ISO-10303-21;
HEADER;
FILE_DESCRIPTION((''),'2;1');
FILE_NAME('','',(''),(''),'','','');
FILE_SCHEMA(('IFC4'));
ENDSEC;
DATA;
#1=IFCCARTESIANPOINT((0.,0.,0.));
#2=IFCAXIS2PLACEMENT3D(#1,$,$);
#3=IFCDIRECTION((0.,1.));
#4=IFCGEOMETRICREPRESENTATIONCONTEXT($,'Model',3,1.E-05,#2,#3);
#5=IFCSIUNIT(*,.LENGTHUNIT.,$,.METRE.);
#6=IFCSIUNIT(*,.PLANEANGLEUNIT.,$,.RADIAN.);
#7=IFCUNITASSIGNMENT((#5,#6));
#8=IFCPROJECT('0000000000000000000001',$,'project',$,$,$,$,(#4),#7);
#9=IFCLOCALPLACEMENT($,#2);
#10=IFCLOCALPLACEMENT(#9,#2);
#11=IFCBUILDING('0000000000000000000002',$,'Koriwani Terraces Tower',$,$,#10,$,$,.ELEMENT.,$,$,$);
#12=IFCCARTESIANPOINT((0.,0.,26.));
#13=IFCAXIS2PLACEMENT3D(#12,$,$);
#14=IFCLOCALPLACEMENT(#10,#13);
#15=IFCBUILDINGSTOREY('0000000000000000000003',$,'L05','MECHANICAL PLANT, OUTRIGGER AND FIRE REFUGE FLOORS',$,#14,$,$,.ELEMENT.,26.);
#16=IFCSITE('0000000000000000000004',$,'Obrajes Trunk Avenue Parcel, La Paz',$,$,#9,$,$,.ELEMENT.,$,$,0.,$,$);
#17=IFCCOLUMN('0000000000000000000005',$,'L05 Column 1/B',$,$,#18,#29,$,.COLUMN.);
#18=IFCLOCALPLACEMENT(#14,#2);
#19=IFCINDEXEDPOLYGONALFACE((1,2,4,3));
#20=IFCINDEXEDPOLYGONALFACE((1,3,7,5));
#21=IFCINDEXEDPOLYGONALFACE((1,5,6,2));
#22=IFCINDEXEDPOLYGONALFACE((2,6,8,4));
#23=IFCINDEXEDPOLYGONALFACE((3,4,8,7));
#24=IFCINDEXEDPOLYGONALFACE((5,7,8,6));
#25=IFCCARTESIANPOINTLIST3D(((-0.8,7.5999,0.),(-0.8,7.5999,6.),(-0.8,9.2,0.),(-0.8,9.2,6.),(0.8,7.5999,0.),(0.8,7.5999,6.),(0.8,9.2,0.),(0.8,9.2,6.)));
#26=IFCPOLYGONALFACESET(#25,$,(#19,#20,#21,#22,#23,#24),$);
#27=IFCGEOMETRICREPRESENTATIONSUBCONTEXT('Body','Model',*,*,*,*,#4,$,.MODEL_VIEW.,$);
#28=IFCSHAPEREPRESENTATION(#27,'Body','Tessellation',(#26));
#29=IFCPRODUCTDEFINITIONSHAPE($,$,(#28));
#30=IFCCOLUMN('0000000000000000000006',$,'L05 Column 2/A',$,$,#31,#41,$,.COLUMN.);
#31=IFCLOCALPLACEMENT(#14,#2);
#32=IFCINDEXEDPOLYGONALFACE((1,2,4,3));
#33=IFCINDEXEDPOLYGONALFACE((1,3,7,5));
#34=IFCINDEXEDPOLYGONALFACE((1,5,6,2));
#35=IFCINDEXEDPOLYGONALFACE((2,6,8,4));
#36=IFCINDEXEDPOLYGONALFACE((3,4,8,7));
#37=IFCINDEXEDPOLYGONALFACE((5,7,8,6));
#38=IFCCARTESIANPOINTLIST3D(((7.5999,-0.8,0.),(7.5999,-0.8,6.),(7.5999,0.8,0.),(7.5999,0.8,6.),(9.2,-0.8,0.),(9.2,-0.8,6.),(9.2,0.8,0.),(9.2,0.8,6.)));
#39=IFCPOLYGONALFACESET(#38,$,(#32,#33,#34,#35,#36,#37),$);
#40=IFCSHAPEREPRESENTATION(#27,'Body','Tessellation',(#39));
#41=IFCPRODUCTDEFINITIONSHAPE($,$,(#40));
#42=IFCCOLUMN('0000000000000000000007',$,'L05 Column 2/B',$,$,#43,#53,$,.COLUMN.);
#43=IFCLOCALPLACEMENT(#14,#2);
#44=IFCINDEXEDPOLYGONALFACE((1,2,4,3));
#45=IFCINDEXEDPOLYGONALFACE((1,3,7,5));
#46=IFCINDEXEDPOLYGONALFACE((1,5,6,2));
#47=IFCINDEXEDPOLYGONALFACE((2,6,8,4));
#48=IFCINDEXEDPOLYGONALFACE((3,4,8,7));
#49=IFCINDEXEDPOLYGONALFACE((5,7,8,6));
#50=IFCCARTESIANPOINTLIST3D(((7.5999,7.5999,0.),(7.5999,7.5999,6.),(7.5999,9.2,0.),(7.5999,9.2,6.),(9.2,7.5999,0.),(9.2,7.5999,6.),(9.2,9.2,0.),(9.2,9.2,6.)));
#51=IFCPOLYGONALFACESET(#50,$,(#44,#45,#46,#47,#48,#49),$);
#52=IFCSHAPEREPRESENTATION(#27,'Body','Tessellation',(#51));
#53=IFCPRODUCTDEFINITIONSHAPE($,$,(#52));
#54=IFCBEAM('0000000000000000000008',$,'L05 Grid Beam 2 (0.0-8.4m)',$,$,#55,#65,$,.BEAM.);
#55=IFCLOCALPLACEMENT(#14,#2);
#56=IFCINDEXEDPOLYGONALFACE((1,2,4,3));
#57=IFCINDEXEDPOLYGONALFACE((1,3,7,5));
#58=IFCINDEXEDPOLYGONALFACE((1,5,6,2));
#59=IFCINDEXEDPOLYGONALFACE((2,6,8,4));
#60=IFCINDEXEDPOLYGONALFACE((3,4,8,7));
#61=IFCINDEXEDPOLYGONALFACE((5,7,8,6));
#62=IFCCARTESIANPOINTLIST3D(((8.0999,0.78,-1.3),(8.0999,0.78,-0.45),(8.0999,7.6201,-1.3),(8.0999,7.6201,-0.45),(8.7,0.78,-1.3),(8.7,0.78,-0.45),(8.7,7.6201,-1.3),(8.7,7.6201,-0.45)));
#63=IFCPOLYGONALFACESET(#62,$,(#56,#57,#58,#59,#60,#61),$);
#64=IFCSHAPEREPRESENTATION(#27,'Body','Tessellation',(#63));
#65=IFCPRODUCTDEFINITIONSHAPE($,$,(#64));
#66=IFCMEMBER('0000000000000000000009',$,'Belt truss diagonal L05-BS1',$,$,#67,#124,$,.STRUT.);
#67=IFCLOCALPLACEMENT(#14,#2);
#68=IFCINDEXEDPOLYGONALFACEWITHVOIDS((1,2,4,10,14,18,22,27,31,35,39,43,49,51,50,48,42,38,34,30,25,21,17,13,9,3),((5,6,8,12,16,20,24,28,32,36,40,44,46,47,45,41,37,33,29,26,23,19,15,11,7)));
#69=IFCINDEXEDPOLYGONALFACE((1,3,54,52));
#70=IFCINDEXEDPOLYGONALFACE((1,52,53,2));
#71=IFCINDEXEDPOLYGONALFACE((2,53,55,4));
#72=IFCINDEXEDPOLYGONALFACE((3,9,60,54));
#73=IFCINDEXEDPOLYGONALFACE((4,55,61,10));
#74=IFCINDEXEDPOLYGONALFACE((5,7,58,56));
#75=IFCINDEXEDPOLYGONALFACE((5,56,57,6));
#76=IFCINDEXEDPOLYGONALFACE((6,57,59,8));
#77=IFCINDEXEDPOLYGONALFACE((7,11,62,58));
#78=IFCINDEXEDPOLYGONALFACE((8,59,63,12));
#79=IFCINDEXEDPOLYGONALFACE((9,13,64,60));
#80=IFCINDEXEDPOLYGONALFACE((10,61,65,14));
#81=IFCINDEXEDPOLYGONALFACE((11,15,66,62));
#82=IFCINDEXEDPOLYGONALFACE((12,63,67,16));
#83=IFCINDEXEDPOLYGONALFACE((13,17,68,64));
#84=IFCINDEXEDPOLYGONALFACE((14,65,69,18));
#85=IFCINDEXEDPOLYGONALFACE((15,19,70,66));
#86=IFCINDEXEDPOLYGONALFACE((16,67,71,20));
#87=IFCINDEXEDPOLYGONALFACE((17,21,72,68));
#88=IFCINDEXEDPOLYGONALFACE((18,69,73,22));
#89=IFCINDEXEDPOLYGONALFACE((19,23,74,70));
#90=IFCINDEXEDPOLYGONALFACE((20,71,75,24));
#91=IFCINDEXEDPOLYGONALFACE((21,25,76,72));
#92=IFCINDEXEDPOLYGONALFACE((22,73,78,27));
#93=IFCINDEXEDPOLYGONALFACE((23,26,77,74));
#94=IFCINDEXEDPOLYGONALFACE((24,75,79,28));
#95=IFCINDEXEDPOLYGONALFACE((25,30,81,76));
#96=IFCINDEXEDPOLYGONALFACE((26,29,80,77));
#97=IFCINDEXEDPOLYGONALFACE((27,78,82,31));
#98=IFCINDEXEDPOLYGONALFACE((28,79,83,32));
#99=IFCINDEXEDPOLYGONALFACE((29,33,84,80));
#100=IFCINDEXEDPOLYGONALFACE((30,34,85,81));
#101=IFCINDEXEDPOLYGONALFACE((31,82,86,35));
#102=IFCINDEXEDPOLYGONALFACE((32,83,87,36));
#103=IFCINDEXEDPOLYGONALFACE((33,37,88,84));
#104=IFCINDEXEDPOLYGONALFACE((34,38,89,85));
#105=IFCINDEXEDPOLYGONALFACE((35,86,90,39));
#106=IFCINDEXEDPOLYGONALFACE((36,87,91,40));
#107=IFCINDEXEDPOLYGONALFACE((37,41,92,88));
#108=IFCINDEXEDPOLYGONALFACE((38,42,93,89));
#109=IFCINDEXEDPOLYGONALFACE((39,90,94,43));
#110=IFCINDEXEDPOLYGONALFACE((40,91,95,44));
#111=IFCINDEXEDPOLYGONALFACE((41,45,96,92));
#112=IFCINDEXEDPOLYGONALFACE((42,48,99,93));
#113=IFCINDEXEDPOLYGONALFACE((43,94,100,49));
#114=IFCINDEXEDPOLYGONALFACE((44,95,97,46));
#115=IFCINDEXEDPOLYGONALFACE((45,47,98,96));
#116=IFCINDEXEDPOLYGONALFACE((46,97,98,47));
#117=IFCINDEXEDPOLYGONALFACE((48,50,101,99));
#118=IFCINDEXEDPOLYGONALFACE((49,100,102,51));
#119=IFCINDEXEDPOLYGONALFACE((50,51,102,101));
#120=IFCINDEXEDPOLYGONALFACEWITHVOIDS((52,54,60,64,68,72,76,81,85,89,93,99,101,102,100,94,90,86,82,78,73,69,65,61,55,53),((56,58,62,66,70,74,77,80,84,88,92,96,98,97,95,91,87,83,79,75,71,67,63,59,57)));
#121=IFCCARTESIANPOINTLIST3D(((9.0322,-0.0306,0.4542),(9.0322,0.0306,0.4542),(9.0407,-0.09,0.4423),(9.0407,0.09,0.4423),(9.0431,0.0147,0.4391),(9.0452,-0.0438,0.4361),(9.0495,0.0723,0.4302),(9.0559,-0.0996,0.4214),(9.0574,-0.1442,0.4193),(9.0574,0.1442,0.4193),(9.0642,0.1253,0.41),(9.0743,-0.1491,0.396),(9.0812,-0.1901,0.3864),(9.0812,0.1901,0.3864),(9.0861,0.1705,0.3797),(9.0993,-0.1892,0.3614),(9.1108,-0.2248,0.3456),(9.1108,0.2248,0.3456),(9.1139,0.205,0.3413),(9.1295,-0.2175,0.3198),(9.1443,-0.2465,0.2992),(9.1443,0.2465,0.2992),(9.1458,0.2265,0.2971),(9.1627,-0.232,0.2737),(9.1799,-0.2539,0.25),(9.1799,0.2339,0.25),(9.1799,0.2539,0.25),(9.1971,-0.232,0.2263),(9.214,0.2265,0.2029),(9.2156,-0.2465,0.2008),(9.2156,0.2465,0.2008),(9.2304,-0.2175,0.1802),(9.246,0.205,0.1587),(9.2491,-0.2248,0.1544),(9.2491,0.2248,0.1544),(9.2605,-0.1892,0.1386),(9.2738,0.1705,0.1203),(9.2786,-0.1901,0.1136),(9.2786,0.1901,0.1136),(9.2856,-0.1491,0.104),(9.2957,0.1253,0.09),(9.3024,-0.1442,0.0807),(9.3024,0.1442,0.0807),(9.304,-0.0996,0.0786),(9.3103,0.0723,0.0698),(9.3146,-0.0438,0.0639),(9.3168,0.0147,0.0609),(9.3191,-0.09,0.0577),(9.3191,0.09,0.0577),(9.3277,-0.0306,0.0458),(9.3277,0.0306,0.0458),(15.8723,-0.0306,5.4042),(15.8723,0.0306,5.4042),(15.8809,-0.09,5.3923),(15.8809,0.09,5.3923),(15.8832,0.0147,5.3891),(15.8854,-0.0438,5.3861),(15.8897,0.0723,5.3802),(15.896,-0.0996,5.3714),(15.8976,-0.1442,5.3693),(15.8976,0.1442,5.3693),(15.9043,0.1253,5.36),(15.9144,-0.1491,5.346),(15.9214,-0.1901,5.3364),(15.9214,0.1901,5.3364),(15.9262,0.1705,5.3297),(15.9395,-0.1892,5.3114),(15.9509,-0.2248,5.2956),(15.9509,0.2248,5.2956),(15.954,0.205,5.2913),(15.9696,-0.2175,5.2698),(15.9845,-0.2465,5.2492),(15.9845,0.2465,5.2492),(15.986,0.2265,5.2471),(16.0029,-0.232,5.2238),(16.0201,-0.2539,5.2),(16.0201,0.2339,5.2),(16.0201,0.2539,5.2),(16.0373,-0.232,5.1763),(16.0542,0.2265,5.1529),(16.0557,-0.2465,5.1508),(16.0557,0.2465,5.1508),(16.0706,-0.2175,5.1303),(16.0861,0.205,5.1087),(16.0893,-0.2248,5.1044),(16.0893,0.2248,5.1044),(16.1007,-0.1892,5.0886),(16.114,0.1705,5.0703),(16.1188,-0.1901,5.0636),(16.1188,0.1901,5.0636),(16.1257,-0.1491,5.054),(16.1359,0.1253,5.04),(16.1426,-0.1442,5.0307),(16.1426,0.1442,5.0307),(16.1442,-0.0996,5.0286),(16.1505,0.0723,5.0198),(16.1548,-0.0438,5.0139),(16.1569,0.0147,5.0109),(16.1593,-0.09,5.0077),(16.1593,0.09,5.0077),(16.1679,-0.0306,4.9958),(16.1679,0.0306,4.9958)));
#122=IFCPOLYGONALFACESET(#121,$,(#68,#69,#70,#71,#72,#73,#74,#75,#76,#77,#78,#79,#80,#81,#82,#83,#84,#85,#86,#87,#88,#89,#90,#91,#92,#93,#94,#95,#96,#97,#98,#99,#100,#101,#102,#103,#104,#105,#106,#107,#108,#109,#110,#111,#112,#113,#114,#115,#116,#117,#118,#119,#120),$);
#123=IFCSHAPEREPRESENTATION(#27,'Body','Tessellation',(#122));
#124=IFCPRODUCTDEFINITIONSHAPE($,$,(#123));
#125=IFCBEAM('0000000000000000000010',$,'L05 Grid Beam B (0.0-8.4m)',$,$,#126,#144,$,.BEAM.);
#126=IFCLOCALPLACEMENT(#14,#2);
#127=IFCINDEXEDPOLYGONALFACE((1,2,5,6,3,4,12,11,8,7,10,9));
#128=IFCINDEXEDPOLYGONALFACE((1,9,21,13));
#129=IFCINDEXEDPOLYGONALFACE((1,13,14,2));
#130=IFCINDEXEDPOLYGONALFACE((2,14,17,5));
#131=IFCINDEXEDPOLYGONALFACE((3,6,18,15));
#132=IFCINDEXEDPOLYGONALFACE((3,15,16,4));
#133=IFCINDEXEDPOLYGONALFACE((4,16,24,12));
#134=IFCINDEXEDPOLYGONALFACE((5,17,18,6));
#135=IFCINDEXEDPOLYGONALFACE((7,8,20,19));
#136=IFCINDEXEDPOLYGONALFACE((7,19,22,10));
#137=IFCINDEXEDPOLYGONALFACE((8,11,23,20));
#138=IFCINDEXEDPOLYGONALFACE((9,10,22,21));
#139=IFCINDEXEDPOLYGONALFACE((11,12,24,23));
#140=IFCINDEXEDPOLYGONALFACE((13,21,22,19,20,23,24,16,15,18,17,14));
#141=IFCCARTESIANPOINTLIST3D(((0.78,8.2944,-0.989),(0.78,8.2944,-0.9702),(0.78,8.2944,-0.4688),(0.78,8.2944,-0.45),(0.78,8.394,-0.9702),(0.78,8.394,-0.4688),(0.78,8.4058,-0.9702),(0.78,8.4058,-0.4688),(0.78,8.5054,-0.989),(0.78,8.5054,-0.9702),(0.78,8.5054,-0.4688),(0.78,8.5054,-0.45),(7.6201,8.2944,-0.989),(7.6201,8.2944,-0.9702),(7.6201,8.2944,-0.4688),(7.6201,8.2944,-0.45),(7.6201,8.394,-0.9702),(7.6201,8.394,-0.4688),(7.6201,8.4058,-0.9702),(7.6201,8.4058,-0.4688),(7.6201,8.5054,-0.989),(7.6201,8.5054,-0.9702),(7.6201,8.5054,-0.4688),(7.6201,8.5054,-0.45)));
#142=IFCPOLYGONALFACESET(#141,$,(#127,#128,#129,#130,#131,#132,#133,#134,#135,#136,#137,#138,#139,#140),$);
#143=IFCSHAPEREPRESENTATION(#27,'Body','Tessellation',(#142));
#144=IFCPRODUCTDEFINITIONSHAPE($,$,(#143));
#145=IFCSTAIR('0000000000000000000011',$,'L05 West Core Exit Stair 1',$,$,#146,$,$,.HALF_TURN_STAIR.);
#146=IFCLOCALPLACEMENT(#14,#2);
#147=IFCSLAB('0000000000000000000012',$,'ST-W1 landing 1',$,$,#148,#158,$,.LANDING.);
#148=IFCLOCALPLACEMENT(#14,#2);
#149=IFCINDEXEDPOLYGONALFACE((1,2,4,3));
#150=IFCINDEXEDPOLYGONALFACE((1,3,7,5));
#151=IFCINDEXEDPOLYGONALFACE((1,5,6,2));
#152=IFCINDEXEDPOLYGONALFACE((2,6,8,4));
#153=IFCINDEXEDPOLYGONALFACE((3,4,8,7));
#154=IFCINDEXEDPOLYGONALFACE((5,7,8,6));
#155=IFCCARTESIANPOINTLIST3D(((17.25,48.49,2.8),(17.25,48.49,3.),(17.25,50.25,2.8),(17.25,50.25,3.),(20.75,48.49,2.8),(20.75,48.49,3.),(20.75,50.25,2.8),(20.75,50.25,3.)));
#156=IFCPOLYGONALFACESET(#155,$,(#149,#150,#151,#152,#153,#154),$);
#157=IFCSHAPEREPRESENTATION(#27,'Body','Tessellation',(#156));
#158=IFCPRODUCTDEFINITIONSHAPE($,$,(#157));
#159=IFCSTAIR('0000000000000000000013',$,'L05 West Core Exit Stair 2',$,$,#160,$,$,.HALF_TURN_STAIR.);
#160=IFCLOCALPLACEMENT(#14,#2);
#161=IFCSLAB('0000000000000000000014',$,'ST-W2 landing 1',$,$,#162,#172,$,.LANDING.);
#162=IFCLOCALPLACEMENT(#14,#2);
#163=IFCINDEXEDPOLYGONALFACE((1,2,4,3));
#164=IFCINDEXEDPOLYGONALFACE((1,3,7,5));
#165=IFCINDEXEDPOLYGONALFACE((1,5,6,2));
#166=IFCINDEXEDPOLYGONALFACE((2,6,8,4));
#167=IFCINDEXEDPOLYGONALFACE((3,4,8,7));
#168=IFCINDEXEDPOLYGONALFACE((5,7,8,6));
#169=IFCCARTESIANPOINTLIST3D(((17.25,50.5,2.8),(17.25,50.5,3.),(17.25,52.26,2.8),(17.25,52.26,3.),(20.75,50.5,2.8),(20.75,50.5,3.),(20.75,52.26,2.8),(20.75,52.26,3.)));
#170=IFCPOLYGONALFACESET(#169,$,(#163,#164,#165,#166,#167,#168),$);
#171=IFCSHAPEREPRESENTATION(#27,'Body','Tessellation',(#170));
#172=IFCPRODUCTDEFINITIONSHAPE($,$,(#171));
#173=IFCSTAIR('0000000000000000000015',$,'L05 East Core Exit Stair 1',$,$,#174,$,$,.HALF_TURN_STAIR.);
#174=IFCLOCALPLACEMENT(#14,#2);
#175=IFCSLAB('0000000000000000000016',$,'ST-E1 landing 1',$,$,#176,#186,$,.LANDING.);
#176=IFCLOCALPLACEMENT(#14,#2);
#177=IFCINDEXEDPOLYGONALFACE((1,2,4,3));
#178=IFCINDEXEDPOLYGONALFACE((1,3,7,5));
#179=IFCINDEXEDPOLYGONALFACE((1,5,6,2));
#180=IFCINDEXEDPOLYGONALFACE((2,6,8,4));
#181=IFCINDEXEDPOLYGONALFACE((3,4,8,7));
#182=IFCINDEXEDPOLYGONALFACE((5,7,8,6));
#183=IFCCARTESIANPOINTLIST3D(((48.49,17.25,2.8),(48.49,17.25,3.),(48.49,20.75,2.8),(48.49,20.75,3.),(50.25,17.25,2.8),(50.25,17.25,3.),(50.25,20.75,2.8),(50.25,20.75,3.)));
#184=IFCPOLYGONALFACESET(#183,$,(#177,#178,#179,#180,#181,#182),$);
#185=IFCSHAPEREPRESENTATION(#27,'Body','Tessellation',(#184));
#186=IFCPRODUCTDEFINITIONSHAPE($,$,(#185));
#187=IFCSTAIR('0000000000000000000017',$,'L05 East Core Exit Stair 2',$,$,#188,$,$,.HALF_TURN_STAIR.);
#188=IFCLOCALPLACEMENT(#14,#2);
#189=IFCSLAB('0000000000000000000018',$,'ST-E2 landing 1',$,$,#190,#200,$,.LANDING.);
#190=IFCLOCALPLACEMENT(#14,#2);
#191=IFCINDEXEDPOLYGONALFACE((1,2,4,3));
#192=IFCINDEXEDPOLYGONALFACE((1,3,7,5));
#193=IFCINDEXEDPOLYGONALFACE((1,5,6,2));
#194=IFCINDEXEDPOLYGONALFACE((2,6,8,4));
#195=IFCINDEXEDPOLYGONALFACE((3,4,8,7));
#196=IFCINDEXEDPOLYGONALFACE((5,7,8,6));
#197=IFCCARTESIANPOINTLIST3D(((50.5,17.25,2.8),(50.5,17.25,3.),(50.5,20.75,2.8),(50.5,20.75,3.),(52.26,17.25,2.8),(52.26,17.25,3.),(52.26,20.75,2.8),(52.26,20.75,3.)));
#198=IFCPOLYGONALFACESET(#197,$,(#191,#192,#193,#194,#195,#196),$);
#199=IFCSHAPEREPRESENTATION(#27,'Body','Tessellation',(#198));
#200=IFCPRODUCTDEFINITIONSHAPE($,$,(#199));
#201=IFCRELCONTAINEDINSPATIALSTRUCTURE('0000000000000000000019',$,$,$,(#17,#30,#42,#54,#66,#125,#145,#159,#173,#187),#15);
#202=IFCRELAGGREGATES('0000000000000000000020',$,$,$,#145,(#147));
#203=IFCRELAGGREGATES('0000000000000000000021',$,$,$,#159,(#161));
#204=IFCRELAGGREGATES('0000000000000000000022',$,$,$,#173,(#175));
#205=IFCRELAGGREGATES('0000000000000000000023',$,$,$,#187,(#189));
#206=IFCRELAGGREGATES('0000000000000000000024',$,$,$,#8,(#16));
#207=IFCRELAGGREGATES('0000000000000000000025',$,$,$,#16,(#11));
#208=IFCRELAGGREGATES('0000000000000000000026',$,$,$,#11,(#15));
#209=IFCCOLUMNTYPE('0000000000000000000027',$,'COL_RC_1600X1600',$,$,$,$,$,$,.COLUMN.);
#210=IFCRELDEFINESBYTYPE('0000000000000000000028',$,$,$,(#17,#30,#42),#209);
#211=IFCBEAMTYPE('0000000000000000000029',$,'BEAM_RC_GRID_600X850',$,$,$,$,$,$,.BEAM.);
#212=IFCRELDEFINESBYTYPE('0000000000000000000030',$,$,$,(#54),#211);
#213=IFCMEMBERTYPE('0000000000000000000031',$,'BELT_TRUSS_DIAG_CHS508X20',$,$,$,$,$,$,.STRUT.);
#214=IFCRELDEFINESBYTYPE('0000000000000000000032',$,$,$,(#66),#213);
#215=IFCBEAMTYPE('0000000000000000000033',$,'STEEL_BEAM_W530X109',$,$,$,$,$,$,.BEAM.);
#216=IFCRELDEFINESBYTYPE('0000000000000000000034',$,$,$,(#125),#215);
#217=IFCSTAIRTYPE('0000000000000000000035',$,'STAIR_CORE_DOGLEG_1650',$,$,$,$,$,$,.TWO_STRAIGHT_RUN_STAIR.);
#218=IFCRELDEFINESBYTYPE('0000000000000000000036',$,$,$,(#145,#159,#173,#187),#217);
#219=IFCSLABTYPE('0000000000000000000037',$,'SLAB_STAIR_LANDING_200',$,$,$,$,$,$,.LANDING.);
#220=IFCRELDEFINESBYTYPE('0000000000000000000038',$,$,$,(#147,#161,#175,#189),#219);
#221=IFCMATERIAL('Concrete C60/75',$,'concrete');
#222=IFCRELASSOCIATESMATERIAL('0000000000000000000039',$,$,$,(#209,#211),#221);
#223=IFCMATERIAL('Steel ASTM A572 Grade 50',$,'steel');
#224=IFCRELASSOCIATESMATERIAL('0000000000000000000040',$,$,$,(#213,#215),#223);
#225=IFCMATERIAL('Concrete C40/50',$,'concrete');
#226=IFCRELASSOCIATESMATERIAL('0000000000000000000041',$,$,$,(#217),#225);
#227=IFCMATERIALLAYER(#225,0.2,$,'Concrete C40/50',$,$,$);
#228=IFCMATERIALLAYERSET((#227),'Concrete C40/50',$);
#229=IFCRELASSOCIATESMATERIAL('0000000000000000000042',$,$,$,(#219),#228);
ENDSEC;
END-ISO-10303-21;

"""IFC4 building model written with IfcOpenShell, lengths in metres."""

from ifc_helpers import new_model, si_unit, direction, frame, origin, origin_2d, place, context, subcontext, project, spatial, polyline, rectangle, hollow_circle, i_section, outline, extrude, material, layer, layer_set, material_profile, profile_set, type_object, element, aggregate, save


model = new_model("IFC4")

# Units and contexts
model_context = context("Model", 3, precision=1e-05, world=origin(), true_north=direction((0.0, 1.0)))
body_context = subcontext(model_context, "Body", "Model", "MODEL_VIEW")
ifc_project = project(units=[si_unit("LENGTHUNIT", "METRE"), si_unit("PLANEANGLEUNIT", "RADIAN")], contexts=[model_context])

# Site, building, storey
site_placement = place(None, origin())
site = spatial("IfcSite", under=ifc_project, at=site_placement, Name="Obrajes Trunk Avenue Parcel, La Paz", CompositionType="ELEMENT", RefElevation=0.0)
building_placement = place(site_placement, origin())
building = spatial("IfcBuilding", under=site, at=building_placement, Name="Koriwani Terraces Tower", CompositionType="ELEMENT")
storey_placement = place(building_placement, frame((0.0, 0.0, 26.0)))
storey = spatial("IfcBuildingStorey", under=building, at=storey_placement, Name="L05", Description="MECHANICAL PLANT, OUTRIGGER AND FIRE REFUGE FLOORS", CompositionType="ELEMENT", Elevation=26.0)

# Columns
ifc_material_1 = material(Name="Concrete C60/75", Category="concrete")
ifc_material_profile_1 = material_profile(ifc_material_1, rectangle(XDim=1.6001, YDim=1.6001, at=origin_2d()), Name="Concrete C60/75", Category="LoadBearing")
ifc_profile_set_1 = profile_set([ifc_material_profile_1], Name="Concrete C60/75")
column_type = type_object("IfcColumnType", Name="COL_RC_1600X1600", PredefinedType="COLUMN", material=ifc_profile_set_1)
for number, where, z_axis, x_axis, name in (
    (1, (0.0, 8.3999, 0.0), (0.0, 0.0, 1.0), (1.0, 0.0, 0.0), "L05 Column 1/B"),
    (2, (8.3999, 0.0, 0.0), (0.0, 0.0, 1.0), (1.0, 0.0, 0.0), "L05 Column 2/A"),
    (3, (8.3999, 8.3999, 0.0), (0.0, 0.0, 1.0), (1.0, 0.0, 0.0), "L05 Column 2/B"),
):
    element("IfcColumn", number, at=place(storey_placement, frame(where, z_axis=z_axis, x_axis=x_axis)), inside=storey, type_object=column_type, Name=name, PredefinedType="COLUMN", context=body_context, shape_type="SweptSolid", body=[
        extrude(rectangle(XDim=1.6001, YDim=1.6001, at=origin_2d()), origin(), (0.0, 0.0, 1.0), 6.0),
    ])

# Beam
ifc_material_profile_2 = material_profile(ifc_material_1, rectangle(XDim=0.6001, YDim=0.8501, at=origin_2d()), Name="Concrete C60/75", Category="LoadBearing")
ifc_profile_set_2 = profile_set([ifc_material_profile_2], Name="Concrete C60/75")
beam_type_1 = type_object("IfcBeamType", Name="BEAM_RC_GRID_600X850", PredefinedType="BEAM", material=ifc_profile_set_2)
beam_1_placement = place(storey_placement, frame((8.3999, 0.78, -0.875), z_axis=(0.0, 1.0, 0.0), x_axis=(-1.0, 0.0, 0.0)))
element("IfcBeam", 4, at=beam_1_placement, inside=storey, type_object=beam_type_1, Name="L05 Grid Beam 2 (0.0-8.4m)", PredefinedType="BEAM", context=body_context, shape_type="SweptSolid", body=[
    extrude(rectangle(XDim=0.6001, YDim=0.8501, at=origin_2d()), origin(), (0.0, 0.0, 1.0), 6.8401),
])

# Member
ifc_material_2 = material(Name="Steel ASTM A572 Grade 50", Category="steel")
ifc_material_profile_3 = material_profile(ifc_material_2, hollow_circle(Radius=0.2539, WallThickness=0.02, at=origin_2d()), Name="Steel ASTM A572 Grade 50", Category="LoadBearing")
ifc_profile_set_3 = profile_set([ifc_material_profile_3], Name="Steel ASTM A572 Grade 50")
member_type = type_object("IfcMemberType", Name="BELT_TRUSS_DIAG_CHS508X20", PredefinedType="STRUT", material=ifc_profile_set_3)
member_placement = place(storey_placement, frame((9.1799, 0.0, 0.25), z_axis=(0.810123, 0.0, 0.58626), x_axis=(0.0, 1.0, 0.0)))
element("IfcMember", 5, at=member_placement, inside=storey, type_object=member_type, Name="Belt truss diagonal L05-BS1", PredefinedType="STRUT", context=body_context, shape_type="SweptSolid", body=[
    extrude(hollow_circle(Radius=0.2539, WallThickness=0.02, at=origin_2d()), origin(), (0.0, 0.0, 1.0), 8.4434),
])

# Beam
ifc_material_profile_4 = material_profile(ifc_material_2, i_section(OverallWidth=0.2109, OverallDepth=0.5391, WebThickness=0.0117, FlangeThickness=0.0188, at=origin_2d()), Name="Steel ASTM A572 Grade 50", Category="LoadBearing")
ifc_profile_set_4 = profile_set([ifc_material_profile_4], Name="Steel ASTM A572 Grade 50")
beam_type_2 = type_object("IfcBeamType", Name="STEEL_BEAM_W530X109", PredefinedType="BEAM", material=ifc_profile_set_4)
beam_2_placement = place(storey_placement, frame((0.78, 8.3999, -0.7195), z_axis=(1.0, 0.0, 0.0), x_axis=(0.0, 1.0, 0.0)))
element("IfcBeam", 6, at=beam_2_placement, inside=storey, type_object=beam_type_2, Name="L05 Grid Beam B (0.0-8.4m)", PredefinedType="BEAM", context=body_context, shape_type="SweptSolid", body=[
    extrude(i_section(OverallWidth=0.2109, OverallDepth=0.5391, WebThickness=0.0117, FlangeThickness=0.0188, at=origin_2d()), origin(), (0.0, 0.0, 1.0), 6.8401),
])

# Stairs, slabs
ifc_material_3 = material(Name="Concrete C40/50", Category="concrete")
stair_type = type_object("IfcStairType", Name="STAIR_CORE_DOGLEG_1650", PredefinedType="TWO_STRAIGHT_RUN_STAIR", material=ifc_material_3)
stair_1_placement = place(storey_placement, origin())
stair_1 = element("IfcStair", 7, at=stair_1_placement, inside=storey, type_object=stair_type, Name="L05 West Core Exit Stair 1", PredefinedType="HALF_TURN_STAIR")
ifc_layer_1 = layer(ifc_material_3, 0.2, Name="Concrete C40/50")
ifc_layer_set_1 = layer_set([ifc_layer_1], Name="Concrete C40/50")
slab_type_1 = type_object("IfcSlabType", Name="SLAB_STAIR_LANDING_200", PredefinedType="LANDING", material=ifc_layer_set_1)
slab_1_placement = place(storey_placement, frame((0.0, 0.0, 2.8)))
slab_1 = element("IfcSlab", 8, at=slab_1_placement, type_object=slab_type_1, Name="ST-W1 landing 1", PredefinedType="LANDING", context=body_context, shape_type="SweptSolid", body=[
    extrude(outline(polyline([(20.75, 48.49), (20.75, 50.25), (17.25, 50.25), (17.25, 48.49), (20.75, 48.49)])), origin(), (0.0, 0.0, 1.0), 0.2),
])
aggregate(stair_1, [slab_1])
stair_2_placement = place(storey_placement, origin())
stair_2 = element("IfcStair", 9, at=stair_2_placement, inside=storey, type_object=stair_type, Name="L05 West Core Exit Stair 2", PredefinedType="HALF_TURN_STAIR")
slab_2_placement = place(storey_placement, frame((0.0, 0.0, 2.8)))
slab_2 = element("IfcSlab", 10, at=slab_2_placement, type_object=slab_type_1, Name="ST-W2 landing 1", PredefinedType="LANDING", context=body_context, shape_type="SweptSolid", body=[
    extrude(outline(polyline([(17.25, 52.26), (17.25, 50.5), (20.75, 50.5), (20.75, 52.26), (17.25, 52.26)])), origin(), (0.0, 0.0, 1.0), 0.2),
])
aggregate(stair_2, [slab_2])
stair_3_placement = place(storey_placement, origin())
stair_3 = element("IfcStair", 11, at=stair_3_placement, inside=storey, type_object=stair_type, Name="L05 East Core Exit Stair 1", PredefinedType="HALF_TURN_STAIR")
slab_3_placement = place(storey_placement, frame((0.0, 0.0, 2.8)))
slab_3 = element("IfcSlab", 12, at=slab_3_placement, type_object=slab_type_1, Name="ST-E1 landing 1", PredefinedType="LANDING", context=body_context, shape_type="SweptSolid", body=[
    extrude(outline(polyline([(48.49, 17.25), (50.25, 17.25), (50.25, 20.75), (48.49, 20.75), (48.49, 17.25)])), origin(), (0.0, 0.0, 1.0), 0.2),
])
aggregate(stair_3, [slab_3])
stair_4_placement = place(storey_placement, origin())
stair_4 = element("IfcStair", 13, at=stair_4_placement, inside=storey, type_object=stair_type, Name="L05 East Core Exit Stair 2", PredefinedType="HALF_TURN_STAIR")
slab_4_placement = place(storey_placement, frame((0.0, 0.0, 2.8)))
slab_4 = element("IfcSlab", 14, at=slab_4_placement, type_object=slab_type_1, Name="ST-E2 landing 1", PredefinedType="LANDING", context=body_context, shape_type="SweptSolid", body=[
    extrude(outline(polyline([(52.26, 20.75), (50.5, 20.75), (50.5, 17.25), (52.26, 17.25), (52.26, 20.75)])), origin(), (0.0, 0.0, 1.0), 0.2),
])
aggregate(stair_4, [slab_4])

save(model, "model.ifc")
